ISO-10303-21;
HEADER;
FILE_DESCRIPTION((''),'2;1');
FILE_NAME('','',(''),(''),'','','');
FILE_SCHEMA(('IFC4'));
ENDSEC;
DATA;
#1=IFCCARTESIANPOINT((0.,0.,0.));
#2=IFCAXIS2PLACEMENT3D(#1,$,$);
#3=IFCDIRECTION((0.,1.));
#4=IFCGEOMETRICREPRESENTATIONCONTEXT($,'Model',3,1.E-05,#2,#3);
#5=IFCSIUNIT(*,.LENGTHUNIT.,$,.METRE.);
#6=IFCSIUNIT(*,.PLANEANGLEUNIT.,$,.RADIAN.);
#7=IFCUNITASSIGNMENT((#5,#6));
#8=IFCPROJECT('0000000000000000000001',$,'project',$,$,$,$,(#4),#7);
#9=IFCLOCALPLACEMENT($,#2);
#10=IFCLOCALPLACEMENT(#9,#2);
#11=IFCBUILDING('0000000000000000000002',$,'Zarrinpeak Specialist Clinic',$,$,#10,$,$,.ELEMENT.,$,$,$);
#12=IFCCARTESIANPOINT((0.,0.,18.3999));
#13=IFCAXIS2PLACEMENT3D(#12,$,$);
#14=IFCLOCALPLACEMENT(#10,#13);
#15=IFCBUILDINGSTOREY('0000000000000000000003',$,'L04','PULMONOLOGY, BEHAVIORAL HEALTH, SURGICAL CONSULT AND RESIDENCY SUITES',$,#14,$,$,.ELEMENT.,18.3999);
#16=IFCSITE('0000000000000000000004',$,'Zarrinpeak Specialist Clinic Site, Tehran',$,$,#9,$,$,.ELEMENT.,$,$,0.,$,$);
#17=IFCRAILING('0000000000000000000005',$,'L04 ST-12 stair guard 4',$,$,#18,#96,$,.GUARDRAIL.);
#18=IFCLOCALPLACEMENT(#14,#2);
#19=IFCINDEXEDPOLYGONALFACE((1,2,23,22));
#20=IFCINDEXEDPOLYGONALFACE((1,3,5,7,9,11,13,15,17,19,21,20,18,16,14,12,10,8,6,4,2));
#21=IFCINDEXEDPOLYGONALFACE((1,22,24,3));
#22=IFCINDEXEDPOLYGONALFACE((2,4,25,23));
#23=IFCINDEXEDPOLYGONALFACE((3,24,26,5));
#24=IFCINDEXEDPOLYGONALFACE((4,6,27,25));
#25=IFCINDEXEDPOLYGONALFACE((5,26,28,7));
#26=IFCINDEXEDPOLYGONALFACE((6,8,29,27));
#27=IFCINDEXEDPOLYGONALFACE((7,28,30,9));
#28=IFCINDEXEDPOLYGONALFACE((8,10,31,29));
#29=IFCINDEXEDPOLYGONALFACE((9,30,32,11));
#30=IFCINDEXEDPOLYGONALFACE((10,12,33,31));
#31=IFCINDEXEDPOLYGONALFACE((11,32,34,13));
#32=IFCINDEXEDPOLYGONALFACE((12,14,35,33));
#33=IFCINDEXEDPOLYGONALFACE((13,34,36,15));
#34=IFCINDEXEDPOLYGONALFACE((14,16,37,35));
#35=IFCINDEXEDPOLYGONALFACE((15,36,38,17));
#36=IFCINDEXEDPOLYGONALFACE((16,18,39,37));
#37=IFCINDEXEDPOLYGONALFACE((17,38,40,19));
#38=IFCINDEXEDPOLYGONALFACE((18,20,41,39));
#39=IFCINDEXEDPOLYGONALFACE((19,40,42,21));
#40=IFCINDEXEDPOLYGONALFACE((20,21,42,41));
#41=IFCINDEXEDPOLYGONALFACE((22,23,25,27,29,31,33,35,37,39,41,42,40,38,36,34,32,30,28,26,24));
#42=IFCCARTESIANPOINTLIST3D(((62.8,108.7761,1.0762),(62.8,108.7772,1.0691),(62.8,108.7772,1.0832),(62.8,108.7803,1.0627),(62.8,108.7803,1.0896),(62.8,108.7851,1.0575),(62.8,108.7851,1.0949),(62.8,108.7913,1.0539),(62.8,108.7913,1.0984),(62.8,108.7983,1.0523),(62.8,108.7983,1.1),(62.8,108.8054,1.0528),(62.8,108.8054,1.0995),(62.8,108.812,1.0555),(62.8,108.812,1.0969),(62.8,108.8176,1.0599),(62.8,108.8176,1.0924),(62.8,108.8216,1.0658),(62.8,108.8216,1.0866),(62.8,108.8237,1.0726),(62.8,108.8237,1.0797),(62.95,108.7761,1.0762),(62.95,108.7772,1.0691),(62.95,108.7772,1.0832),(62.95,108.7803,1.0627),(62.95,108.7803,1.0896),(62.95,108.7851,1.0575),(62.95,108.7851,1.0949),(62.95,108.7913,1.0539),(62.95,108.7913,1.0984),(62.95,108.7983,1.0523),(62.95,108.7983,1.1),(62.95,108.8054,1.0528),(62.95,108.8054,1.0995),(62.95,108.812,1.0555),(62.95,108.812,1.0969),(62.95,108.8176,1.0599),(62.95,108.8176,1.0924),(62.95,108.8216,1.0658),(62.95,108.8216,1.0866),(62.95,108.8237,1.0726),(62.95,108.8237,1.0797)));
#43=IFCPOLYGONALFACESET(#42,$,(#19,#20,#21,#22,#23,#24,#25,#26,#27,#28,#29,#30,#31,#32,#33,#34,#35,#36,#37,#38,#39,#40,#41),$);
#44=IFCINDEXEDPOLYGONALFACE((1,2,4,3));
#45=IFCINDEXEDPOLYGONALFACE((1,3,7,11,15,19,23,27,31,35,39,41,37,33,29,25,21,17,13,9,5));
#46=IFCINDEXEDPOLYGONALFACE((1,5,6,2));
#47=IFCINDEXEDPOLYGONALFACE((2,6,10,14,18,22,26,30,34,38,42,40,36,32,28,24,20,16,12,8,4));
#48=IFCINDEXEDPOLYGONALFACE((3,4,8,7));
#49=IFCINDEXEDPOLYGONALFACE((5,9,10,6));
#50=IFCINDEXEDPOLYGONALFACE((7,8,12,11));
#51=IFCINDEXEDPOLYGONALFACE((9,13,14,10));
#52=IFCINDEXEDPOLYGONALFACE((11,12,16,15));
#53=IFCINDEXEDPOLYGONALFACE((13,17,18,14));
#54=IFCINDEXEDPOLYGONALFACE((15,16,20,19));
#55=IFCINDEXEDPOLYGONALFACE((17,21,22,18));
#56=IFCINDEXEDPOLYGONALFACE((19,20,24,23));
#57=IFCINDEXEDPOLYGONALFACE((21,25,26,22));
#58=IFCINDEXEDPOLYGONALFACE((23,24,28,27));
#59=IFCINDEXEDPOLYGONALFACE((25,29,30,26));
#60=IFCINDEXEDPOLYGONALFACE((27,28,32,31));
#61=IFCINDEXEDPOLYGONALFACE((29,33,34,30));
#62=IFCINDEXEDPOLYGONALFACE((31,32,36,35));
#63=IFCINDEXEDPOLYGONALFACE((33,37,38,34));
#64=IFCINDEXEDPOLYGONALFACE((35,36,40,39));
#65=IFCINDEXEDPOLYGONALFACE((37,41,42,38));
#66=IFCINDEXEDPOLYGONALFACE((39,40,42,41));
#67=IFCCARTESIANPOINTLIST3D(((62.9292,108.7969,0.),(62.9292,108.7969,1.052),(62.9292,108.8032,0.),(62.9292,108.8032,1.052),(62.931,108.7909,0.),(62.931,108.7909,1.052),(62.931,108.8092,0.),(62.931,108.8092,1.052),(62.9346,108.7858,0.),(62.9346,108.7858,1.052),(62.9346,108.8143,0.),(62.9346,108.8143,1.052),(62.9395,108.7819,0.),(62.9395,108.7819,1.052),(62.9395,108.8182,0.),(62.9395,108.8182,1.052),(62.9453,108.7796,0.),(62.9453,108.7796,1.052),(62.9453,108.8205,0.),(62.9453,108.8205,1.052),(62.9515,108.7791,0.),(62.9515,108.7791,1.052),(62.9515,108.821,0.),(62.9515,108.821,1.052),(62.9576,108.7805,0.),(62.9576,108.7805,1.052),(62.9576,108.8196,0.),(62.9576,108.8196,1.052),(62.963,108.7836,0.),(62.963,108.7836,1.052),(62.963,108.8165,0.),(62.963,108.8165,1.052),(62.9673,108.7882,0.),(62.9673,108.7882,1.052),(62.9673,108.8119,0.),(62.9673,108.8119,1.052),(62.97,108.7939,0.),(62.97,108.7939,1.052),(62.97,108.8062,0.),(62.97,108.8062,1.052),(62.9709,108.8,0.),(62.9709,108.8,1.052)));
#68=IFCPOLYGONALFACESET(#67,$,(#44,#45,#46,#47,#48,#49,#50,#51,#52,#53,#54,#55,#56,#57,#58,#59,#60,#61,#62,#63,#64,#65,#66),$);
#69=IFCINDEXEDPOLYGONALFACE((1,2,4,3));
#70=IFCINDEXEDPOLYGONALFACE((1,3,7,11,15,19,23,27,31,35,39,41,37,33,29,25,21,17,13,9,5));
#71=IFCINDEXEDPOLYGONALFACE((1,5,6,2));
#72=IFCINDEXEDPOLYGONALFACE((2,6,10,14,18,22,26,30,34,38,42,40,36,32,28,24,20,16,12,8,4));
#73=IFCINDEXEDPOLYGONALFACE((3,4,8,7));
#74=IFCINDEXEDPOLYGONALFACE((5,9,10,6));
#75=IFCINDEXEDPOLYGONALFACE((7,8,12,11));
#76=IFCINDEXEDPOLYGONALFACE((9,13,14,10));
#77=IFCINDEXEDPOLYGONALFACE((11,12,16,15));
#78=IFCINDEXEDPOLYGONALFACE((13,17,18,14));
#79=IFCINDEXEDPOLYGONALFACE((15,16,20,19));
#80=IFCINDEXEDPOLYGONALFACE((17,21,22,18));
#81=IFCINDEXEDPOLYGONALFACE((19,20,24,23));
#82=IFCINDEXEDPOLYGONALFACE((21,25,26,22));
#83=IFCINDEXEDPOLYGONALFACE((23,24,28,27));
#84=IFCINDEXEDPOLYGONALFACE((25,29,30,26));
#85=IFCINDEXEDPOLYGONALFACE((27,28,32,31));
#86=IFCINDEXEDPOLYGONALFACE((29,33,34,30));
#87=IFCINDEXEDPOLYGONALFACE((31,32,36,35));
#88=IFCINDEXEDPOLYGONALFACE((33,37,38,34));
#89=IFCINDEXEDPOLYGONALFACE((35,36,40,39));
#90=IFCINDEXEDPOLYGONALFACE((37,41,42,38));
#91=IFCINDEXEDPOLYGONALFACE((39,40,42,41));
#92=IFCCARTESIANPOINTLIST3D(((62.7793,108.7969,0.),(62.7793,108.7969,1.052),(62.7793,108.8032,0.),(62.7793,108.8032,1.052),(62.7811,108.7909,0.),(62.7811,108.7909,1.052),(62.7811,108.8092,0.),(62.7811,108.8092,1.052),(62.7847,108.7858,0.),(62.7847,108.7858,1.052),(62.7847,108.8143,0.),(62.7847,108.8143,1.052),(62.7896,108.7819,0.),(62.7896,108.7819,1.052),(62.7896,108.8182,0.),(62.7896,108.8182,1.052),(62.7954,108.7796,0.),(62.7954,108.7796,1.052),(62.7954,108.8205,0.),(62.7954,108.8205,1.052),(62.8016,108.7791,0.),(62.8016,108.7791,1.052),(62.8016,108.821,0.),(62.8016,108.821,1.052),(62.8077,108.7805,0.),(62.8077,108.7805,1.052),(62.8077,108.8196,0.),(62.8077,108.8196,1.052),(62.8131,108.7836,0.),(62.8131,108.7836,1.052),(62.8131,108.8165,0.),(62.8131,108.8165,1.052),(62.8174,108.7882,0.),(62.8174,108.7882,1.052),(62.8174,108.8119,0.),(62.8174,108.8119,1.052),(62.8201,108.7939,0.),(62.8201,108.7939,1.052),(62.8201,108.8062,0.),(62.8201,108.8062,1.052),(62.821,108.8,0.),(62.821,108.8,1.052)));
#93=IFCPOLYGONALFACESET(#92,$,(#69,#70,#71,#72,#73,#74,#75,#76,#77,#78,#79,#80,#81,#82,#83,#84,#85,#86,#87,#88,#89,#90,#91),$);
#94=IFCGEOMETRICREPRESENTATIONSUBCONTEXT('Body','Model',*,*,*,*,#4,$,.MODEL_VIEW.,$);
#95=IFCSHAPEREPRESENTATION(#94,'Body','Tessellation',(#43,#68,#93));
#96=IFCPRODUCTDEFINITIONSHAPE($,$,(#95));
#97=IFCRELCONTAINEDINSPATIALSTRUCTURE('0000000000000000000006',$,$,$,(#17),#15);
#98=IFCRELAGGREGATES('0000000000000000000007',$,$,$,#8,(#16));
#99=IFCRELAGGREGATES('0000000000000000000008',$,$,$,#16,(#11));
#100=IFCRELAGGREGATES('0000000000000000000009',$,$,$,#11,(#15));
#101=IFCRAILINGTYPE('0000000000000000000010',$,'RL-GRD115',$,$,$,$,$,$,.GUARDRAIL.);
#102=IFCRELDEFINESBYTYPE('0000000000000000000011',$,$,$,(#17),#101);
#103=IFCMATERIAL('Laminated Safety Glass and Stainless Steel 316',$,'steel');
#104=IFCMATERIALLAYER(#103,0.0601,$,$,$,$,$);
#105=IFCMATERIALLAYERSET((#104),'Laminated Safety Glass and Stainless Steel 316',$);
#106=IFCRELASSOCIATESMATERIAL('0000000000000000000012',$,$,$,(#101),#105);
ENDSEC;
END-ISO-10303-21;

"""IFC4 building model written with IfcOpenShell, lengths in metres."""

from ifc_helpers import new_model, si_unit, direction, frame, origin, origin_2d, place, context, subcontext, project, spatial, circle, extrude, material, layer, layer_set, type_object, element, save


model = new_model("IFC4")

# Units and contexts
model_context = context("Model", 3, precision=1e-05, world=origin(), true_north=direction((0.0, 1.0)))
body_context = subcontext(model_context, "Body", "Model", "MODEL_VIEW")
ifc_project = project(units=[si_unit("LENGTHUNIT", "METRE"), si_unit("PLANEANGLEUNIT", "RADIAN")], contexts=[model_context])

# Site, building, storey
site_placement = place(None, origin())
site = spatial("IfcSite", under=ifc_project, at=site_placement, Name="Zarrinpeak Specialist Clinic Site, Tehran", CompositionType="ELEMENT", RefElevation=0.0)
building_placement = place(site_placement, origin())
building = spatial("IfcBuilding", under=site, at=building_placement, Name="Zarrinpeak Specialist Clinic", CompositionType="ELEMENT")
storey_placement = place(building_placement, frame((0.0, 0.0, 18.3999)))
storey = spatial("IfcBuildingStorey", under=building, at=storey_placement, Name="L04", Description="PULMONOLOGY, BEHAVIORAL HEALTH, SURGICAL CONSULT AND RESIDENCY SUITES", CompositionType="ELEMENT", Elevation=18.3999)

# Railing
ifc_material_1 = material(Name="Laminated Safety Glass and Stainless Steel 316", Category="steel")
ifc_layer_1 = layer(ifc_material_1, 0.0601)
ifc_layer_set_1 = layer_set([ifc_layer_1], Name="Laminated Safety Glass and Stainless Steel 316")
railing_type_1 = type_object("IfcRailingType", Name="RL-GRD115", PredefinedType="GUARDRAIL", material=ifc_layer_set_1)
railing_1_placement = place(storey_placement, frame((62.95, 108.8, 0.0)))
element("IfcRailing", 1, at=railing_1_placement, inside=storey, type_object=railing_type_1, Name="L04 ST-12 stair guard 4", PredefinedType="GUARDRAIL", context=body_context, shape_type="SweptSolid", body=[
    extrude(circle(Radius=0.0239, at=origin_2d()), frame((0.0, 0.0, 1.0762), z_axis=(-1.0, 0.0, 0.0), x_axis=(0.0, -1.0, 0.0)), (0.0, 0.0, 1.0), 0.1499),
    extrude(circle(Radius=0.021, at=origin_2d()), origin(), (0.0, 0.0, 1.0), 1.052),
    extrude(circle(Radius=0.021, at=origin_2d()), frame((-0.1499, 0.0, 0.0)), (0.0, 0.0, 1.0), 1.052),
])

save(model, "model.ifc")
